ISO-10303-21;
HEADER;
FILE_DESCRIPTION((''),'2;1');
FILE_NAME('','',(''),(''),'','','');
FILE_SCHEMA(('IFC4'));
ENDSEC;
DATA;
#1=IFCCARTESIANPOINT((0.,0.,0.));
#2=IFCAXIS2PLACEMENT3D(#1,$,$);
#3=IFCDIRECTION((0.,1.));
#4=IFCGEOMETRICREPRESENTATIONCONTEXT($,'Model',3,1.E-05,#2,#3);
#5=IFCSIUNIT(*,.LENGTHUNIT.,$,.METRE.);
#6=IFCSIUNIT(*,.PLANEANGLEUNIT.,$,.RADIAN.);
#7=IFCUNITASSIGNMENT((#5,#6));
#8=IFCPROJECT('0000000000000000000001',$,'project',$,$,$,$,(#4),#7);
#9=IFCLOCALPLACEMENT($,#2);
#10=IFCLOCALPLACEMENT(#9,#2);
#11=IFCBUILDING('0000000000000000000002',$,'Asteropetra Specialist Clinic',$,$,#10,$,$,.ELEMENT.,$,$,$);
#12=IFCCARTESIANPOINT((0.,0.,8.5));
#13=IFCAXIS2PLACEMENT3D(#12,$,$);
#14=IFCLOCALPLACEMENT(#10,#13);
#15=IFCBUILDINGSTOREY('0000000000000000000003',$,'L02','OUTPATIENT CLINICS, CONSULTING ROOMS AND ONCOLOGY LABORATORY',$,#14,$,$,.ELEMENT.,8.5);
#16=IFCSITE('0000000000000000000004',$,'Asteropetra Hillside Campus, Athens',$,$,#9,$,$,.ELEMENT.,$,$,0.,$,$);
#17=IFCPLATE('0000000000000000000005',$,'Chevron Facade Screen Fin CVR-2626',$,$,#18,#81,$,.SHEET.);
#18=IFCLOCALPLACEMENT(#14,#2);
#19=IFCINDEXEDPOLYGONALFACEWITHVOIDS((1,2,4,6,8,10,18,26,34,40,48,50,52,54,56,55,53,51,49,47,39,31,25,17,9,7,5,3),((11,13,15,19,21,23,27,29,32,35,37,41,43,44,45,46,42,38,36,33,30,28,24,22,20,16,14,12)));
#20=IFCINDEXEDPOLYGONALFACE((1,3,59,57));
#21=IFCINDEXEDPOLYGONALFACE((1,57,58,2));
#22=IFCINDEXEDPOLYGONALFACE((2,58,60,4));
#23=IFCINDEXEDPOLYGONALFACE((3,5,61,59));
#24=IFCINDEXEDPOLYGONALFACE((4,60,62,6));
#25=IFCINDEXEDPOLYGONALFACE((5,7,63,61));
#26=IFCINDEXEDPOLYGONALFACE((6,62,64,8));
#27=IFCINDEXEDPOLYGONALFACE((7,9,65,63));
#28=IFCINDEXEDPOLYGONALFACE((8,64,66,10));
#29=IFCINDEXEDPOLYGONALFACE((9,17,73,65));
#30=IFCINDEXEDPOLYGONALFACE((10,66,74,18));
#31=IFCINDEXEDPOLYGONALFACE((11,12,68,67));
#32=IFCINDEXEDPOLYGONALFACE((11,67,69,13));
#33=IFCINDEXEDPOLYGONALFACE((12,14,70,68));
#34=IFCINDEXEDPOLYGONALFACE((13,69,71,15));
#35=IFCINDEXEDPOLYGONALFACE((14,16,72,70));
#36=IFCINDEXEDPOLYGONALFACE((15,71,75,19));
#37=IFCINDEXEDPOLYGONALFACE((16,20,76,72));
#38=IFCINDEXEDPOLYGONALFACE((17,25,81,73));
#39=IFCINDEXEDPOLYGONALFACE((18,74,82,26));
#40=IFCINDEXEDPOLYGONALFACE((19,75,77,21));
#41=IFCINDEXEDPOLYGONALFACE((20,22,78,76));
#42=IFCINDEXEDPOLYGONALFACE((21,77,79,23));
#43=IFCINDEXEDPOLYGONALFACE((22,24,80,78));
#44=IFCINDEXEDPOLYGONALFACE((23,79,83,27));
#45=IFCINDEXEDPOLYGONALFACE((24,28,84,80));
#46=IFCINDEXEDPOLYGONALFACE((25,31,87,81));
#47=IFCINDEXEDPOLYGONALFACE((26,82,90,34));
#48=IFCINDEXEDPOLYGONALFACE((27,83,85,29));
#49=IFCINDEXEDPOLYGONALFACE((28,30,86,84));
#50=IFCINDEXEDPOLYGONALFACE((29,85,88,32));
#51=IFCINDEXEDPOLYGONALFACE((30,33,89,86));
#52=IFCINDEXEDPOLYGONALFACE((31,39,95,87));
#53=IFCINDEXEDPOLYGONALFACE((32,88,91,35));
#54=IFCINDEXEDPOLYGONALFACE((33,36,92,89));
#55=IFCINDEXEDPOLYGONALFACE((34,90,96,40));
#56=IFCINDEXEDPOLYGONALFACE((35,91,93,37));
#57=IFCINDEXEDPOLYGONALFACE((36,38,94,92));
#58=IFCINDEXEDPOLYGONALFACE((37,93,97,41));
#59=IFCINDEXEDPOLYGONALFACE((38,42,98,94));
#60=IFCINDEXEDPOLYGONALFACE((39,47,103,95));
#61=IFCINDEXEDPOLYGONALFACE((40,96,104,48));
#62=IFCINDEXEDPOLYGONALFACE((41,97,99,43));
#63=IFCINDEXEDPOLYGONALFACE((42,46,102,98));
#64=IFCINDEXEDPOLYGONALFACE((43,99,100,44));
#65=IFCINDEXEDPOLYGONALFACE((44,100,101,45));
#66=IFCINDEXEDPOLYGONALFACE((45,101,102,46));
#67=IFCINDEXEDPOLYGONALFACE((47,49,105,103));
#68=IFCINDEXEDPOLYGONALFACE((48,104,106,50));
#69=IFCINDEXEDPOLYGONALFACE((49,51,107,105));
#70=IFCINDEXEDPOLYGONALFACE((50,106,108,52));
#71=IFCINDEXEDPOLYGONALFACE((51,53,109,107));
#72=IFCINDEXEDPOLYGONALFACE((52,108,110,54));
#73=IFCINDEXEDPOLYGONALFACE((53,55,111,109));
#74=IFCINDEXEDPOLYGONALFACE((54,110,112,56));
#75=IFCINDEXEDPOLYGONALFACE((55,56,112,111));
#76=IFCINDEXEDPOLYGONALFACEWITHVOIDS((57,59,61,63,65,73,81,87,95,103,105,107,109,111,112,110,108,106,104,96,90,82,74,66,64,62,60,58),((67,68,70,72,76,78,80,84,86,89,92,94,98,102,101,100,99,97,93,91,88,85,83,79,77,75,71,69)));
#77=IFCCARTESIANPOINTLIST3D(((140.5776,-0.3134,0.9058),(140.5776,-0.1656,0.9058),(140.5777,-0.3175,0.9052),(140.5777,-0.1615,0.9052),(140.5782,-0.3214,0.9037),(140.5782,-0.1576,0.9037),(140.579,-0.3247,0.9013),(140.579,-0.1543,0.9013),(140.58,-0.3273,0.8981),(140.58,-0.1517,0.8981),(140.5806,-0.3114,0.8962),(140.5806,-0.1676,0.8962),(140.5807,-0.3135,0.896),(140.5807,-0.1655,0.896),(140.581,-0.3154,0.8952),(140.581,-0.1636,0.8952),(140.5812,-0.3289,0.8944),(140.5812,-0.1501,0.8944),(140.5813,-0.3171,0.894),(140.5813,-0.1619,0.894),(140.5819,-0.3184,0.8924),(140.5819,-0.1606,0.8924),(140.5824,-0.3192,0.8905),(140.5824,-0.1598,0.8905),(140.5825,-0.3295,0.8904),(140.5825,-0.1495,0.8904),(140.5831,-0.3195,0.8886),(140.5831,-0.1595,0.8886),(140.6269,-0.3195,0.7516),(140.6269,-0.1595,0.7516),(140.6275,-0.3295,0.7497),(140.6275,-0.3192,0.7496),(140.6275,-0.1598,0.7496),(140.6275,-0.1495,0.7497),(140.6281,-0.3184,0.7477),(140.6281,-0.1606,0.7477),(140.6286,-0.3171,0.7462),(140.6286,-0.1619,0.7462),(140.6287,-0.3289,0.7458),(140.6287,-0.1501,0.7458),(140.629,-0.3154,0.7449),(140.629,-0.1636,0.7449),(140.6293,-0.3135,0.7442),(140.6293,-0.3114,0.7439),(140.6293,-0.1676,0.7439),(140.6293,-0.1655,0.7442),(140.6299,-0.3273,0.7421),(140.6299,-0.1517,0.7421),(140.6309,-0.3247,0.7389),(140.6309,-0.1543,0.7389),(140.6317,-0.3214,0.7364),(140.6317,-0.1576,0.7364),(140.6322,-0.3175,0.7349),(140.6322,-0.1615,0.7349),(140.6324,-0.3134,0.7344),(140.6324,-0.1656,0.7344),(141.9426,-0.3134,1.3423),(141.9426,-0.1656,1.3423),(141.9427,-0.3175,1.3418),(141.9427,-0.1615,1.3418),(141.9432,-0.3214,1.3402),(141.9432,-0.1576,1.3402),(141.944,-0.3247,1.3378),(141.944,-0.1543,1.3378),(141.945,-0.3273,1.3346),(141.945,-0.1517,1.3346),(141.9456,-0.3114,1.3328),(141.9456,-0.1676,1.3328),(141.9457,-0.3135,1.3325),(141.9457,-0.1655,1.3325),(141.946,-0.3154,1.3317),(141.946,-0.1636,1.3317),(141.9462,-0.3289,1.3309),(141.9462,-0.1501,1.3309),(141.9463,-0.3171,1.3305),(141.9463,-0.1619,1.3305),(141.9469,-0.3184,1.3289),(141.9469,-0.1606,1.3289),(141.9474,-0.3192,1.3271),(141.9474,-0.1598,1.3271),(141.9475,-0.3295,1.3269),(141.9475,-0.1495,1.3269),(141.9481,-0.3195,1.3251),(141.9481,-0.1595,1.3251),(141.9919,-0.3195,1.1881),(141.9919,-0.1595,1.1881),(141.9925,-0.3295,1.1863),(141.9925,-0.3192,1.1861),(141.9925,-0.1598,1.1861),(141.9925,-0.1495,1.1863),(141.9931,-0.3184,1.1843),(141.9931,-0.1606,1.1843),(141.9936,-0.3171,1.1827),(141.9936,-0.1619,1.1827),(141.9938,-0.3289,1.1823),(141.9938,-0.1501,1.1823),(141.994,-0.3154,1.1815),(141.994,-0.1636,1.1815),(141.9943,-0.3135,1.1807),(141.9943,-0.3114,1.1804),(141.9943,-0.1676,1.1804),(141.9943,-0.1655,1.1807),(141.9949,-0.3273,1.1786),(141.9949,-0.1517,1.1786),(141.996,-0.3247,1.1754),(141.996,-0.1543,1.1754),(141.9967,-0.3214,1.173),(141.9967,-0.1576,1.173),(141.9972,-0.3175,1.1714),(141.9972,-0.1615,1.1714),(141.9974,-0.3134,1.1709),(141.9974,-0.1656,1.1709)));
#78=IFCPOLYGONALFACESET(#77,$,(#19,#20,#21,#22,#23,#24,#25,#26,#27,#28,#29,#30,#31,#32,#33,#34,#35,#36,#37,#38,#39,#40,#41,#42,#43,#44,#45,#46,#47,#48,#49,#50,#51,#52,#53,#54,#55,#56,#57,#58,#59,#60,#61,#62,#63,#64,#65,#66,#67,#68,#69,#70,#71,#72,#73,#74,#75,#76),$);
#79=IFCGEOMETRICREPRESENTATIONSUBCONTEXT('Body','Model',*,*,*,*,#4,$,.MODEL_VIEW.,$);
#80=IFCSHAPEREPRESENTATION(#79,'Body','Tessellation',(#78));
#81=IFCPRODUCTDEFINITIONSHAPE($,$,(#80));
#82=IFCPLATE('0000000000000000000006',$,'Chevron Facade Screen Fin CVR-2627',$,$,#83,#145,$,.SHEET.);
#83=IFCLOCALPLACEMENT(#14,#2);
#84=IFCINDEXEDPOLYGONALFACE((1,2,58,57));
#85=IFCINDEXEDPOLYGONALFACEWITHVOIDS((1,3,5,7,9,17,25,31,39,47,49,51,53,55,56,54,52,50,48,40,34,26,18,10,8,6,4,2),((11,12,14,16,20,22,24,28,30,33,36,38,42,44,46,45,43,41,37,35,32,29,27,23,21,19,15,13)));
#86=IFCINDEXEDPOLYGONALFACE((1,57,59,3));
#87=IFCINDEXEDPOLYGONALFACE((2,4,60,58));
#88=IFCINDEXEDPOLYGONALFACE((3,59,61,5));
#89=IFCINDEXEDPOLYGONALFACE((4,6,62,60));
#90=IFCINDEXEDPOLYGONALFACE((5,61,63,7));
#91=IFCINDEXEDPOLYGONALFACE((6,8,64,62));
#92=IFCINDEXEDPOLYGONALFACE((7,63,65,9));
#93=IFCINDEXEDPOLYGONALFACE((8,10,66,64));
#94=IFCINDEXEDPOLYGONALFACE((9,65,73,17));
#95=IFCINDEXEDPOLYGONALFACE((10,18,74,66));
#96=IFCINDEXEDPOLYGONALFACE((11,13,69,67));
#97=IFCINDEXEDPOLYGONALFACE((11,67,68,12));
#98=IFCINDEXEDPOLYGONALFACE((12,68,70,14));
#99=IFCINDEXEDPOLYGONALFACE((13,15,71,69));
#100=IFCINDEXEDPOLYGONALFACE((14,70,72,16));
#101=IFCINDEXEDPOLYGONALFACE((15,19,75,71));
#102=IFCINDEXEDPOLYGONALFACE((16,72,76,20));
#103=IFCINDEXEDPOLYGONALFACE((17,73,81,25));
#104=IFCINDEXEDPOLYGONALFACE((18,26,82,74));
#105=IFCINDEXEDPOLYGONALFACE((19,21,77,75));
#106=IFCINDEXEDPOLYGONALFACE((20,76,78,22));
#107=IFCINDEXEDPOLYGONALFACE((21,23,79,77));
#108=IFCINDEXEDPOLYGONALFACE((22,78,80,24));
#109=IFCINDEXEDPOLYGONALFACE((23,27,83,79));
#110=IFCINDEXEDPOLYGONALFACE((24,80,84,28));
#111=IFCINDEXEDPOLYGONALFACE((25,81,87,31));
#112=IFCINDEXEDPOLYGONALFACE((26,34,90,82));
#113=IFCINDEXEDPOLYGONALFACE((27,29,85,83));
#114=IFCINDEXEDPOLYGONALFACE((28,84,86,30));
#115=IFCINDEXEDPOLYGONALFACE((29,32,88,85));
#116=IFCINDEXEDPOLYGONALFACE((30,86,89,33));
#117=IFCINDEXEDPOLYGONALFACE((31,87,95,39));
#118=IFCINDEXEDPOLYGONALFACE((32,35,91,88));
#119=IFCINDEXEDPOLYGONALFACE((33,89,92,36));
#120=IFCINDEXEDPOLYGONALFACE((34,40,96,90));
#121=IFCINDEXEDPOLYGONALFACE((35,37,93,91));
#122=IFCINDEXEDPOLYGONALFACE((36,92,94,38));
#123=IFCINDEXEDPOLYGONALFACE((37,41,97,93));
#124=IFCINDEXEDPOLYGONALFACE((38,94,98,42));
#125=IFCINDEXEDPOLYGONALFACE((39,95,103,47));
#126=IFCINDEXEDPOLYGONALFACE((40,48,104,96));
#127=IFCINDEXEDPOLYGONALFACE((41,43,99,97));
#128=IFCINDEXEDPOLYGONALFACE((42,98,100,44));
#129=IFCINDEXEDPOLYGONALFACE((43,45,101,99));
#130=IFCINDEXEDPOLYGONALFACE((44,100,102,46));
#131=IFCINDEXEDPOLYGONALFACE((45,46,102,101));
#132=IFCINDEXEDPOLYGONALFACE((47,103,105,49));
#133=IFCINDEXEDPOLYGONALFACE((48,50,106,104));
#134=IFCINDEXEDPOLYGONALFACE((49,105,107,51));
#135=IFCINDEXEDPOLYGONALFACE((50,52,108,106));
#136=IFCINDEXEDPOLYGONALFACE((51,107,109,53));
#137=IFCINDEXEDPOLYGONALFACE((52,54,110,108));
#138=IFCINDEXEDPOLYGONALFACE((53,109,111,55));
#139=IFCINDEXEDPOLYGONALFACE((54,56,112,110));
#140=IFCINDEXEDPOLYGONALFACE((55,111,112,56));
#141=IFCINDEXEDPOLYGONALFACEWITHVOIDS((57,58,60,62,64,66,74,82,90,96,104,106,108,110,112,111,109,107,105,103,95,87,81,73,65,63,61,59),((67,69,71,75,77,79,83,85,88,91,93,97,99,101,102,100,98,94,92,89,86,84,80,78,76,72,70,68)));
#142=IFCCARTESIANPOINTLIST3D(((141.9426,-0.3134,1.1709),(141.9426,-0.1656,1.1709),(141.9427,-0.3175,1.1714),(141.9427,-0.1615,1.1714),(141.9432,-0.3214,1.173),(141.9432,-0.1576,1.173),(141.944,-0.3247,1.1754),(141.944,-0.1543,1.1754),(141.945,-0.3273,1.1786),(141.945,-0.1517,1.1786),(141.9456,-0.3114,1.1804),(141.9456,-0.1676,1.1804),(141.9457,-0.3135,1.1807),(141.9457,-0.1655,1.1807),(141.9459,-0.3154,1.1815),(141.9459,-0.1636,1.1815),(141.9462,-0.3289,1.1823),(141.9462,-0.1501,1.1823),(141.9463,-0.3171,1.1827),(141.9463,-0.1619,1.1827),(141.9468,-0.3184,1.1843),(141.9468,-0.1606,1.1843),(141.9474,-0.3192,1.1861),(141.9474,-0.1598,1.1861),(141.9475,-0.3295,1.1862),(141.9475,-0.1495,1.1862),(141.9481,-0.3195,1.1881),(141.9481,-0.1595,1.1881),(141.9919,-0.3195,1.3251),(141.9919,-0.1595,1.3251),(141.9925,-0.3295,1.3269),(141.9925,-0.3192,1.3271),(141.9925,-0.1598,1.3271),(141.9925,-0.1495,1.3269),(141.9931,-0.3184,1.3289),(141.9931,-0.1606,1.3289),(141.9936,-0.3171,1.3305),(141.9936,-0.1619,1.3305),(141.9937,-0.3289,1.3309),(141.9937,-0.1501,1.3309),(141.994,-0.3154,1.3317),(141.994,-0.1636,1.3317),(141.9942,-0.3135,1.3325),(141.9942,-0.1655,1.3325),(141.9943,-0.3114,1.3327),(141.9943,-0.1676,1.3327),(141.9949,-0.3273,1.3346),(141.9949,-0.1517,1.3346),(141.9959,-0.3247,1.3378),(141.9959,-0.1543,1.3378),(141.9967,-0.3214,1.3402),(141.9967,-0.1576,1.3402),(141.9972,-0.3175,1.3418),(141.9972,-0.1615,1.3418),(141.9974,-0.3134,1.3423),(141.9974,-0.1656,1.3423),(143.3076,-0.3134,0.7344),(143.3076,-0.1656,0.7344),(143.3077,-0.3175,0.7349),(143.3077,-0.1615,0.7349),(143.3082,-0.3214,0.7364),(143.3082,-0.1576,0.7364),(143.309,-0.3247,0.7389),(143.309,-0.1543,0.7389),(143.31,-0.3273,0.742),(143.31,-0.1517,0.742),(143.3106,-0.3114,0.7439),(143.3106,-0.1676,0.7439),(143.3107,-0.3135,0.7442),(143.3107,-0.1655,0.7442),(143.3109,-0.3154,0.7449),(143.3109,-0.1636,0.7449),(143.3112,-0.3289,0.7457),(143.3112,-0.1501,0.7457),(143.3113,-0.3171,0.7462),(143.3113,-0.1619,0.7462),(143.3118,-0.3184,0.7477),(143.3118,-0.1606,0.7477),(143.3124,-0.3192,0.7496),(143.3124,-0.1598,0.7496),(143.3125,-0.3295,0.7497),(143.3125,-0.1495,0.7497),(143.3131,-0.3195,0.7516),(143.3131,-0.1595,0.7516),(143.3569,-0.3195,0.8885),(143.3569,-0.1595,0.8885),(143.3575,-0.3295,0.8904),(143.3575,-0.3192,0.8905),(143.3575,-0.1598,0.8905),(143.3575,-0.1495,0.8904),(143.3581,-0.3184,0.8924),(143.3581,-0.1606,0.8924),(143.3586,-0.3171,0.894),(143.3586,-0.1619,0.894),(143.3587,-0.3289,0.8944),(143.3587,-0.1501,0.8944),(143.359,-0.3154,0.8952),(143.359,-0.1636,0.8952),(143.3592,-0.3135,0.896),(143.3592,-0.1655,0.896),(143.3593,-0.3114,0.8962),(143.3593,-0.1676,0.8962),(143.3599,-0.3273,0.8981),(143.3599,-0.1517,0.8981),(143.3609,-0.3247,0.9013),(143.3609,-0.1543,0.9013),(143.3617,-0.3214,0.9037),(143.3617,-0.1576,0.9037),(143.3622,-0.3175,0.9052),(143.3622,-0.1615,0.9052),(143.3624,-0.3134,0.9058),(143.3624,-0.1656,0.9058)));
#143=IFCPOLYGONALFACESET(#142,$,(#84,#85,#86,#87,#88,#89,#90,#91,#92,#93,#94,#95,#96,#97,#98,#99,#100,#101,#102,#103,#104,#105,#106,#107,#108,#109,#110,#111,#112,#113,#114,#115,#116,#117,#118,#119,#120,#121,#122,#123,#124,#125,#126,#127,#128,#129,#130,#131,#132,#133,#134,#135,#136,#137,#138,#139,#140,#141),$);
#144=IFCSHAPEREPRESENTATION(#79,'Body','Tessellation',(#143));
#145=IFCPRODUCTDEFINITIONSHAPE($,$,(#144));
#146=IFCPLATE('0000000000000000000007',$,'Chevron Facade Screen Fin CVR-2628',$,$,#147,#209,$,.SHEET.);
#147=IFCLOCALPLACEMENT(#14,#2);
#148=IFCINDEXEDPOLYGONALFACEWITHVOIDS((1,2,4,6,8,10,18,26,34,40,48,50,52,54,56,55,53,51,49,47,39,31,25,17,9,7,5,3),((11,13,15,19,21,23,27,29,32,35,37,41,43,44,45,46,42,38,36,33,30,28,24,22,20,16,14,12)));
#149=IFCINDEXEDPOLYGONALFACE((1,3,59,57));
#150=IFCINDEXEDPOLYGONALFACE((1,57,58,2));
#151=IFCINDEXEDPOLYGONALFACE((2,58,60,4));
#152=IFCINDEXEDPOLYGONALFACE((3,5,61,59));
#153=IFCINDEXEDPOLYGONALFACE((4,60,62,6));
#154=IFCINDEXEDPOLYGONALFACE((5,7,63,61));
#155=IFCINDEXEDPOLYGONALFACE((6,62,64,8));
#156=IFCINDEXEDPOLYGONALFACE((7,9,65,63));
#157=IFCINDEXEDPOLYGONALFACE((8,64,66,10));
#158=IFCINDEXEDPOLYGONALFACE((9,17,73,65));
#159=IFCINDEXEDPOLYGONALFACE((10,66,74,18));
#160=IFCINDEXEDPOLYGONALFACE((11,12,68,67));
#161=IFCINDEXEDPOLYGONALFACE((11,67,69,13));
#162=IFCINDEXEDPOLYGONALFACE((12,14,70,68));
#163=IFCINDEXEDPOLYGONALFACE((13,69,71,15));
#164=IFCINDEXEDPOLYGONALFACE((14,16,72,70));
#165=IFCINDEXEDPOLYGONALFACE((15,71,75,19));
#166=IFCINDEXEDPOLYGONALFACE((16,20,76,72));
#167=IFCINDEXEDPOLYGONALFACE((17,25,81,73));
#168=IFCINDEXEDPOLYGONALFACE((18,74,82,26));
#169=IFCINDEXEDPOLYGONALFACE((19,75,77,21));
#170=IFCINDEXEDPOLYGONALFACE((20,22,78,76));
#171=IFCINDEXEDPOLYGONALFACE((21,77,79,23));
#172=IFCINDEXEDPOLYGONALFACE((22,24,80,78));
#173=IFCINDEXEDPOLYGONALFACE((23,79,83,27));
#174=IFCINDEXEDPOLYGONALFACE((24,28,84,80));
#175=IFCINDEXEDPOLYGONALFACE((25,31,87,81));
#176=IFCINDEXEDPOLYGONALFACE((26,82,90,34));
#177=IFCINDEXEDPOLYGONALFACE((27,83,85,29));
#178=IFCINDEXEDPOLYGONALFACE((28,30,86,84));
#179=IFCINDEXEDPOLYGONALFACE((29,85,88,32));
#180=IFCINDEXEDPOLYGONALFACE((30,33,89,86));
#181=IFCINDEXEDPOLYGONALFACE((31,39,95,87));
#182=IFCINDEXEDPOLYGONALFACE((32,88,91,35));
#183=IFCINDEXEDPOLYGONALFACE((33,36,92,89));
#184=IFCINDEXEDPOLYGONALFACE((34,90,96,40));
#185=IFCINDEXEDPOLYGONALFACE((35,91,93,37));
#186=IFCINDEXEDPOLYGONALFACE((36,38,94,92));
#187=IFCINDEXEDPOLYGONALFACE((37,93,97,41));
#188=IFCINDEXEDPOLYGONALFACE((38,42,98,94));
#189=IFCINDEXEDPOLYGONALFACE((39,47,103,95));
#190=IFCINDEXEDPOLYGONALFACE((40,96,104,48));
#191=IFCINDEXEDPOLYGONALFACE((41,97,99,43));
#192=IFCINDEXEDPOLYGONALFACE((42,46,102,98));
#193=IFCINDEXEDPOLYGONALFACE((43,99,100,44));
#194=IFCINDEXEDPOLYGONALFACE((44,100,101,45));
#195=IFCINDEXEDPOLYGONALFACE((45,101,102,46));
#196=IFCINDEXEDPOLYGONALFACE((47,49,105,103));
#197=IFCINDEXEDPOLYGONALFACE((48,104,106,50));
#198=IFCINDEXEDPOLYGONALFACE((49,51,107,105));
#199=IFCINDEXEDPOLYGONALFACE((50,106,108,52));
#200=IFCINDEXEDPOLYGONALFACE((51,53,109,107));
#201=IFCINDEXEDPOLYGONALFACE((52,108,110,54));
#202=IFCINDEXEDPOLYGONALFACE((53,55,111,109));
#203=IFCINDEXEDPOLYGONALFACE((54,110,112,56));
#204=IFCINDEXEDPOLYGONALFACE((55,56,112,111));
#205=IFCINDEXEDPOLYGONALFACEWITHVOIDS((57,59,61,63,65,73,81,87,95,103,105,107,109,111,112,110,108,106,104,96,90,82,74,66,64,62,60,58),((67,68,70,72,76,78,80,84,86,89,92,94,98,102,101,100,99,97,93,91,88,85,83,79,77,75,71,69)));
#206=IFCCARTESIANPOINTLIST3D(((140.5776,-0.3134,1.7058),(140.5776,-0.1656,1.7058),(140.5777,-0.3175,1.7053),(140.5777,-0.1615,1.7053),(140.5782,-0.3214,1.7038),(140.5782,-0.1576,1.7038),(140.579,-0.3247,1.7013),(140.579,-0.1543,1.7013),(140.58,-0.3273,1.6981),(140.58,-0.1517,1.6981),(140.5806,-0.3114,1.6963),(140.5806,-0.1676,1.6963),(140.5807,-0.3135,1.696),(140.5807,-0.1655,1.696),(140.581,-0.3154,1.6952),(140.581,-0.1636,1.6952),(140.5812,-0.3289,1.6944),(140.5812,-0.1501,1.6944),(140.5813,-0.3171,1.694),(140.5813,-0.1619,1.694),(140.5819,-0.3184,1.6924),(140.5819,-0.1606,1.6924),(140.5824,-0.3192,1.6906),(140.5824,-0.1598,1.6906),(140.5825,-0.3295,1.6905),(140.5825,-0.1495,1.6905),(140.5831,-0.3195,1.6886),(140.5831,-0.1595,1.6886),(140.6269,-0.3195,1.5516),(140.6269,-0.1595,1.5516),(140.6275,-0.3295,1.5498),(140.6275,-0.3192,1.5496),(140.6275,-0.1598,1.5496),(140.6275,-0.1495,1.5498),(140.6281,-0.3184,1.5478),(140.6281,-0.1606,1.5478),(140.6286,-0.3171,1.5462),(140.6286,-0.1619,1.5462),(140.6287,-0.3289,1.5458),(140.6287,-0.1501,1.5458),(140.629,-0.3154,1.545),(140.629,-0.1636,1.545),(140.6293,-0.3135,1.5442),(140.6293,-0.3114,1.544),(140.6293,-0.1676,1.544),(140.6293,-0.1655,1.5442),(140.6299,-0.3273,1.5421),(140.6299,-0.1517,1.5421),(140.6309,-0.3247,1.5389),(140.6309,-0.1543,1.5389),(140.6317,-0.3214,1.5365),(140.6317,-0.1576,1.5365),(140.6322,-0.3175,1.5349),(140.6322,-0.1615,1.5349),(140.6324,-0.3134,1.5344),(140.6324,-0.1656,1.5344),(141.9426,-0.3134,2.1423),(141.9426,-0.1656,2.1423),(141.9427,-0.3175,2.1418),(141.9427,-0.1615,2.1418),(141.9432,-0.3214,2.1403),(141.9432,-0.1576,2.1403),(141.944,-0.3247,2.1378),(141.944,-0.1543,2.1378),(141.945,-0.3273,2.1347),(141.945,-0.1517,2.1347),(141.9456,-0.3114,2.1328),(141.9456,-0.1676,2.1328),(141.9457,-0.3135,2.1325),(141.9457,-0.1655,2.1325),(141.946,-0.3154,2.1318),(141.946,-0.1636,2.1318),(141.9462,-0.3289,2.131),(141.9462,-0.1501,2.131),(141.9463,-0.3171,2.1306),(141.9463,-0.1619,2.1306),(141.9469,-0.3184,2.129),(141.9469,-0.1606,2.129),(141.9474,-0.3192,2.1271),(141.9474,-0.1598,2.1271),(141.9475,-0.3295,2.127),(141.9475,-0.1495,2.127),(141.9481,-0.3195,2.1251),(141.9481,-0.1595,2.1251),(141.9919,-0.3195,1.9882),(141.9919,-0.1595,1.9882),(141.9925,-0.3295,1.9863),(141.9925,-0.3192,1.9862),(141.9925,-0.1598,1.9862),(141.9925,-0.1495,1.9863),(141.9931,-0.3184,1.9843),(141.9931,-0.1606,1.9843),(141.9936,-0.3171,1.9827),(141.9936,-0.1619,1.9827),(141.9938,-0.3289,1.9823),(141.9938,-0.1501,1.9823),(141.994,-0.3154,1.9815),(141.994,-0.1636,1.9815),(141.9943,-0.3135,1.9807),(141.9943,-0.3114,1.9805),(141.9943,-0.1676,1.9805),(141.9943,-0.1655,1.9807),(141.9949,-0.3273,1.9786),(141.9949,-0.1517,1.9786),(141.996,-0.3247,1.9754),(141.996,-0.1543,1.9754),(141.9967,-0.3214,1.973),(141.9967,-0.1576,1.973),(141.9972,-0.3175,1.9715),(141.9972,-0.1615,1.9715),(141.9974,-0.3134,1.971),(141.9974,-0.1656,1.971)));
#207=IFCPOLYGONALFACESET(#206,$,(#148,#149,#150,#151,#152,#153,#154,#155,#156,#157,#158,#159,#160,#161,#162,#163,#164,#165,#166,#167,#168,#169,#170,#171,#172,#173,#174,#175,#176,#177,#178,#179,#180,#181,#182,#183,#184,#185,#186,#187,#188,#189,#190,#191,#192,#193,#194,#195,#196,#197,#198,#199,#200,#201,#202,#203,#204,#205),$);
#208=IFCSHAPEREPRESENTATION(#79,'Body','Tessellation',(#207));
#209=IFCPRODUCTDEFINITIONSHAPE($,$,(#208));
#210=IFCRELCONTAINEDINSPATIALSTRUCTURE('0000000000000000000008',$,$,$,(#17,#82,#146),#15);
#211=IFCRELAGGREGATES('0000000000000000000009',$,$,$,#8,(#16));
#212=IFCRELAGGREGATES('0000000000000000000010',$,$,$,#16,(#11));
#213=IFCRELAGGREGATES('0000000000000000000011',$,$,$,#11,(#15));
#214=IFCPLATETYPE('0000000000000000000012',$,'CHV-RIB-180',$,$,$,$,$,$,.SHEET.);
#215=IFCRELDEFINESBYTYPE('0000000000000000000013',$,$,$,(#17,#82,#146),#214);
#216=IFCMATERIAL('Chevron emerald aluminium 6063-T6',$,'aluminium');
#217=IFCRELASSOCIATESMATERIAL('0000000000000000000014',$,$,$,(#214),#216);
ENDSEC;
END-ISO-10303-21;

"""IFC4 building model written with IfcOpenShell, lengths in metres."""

from ifc_helpers import new_model, si_unit, direction, frame, origin, origin_2d, place, context, subcontext, project, spatial, hollow_rectangle, extrude, material, material_profile, profile_set, type_object, element, save


model = new_model("IFC4")

# Units and contexts
model_context = context("Model", 3, precision=1e-05, world=origin(), true_north=direction((0.0, 1.0)))
body_context = subcontext(model_context, "Body", "Model", "MODEL_VIEW")
ifc_project = project(units=[si_unit("LENGTHUNIT", "METRE"), si_unit("PLANEANGLEUNIT", "RADIAN")], contexts=[model_context])

# Site, building, storey
site_placement = place(None, origin())
site = spatial("IfcSite", under=ifc_project, at=site_placement, Name="Asteropetra Hillside Campus, Athens", CompositionType="ELEMENT", RefElevation=0.0)
building_placement = place(site_placement, origin())
building = spatial("IfcBuilding", under=site, at=building_placement, Name="Asteropetra Specialist Clinic", CompositionType="ELEMENT")
storey_placement = place(building_placement, frame((0.0, 0.0, 8.5)))
storey = spatial("IfcBuildingStorey", under=building, at=storey_placement, Name="L02", Description="OUTPATIENT CLINICS, CONSULTING ROOMS AND ONCOLOGY LABORATORY", CompositionType="ELEMENT", Elevation=8.5)

# Plates
ifc_material_1 = material(Name="Chevron emerald aluminium 6063-T6", Category="aluminium")
ifc_material_profile = material_profile(ifc_material_1, hollow_rectangle(XDim=0.1799, YDim=0.1799, WallThickness=0.01, InnerFilletRadius=0.0081, OuterFilletRadius=0.0161, at=origin_2d()), Name="SHS 180x180x10.0")
ifc_profile_set = profile_set([ifc_material_profile], Name="Chevron emerald aluminium 6063-T6")
plate_type = type_object("IfcPlateType", Name="CHV-RIB-180", PredefinedType="SHEET", material=ifc_profile_set)
for number, where, z_axis, x_axis, name in (
    (1, (140.605, -0.2395, 0.8201), (0.95248, 0.0, 0.304603), (0.0, 1.0, 0.0), "Chevron Facade Screen Fin CVR-2626"),
    (2, (141.97, -0.2395, 1.2566), (0.95248, 0.0, -0.304603), (0.0, 1.0, 0.0), "Chevron Facade Screen Fin CVR-2627"),
    (3, (140.605, -0.2395, 1.6201), (0.95248, 0.0, 0.304603), (0.0, 1.0, 0.0), "Chevron Facade Screen Fin CVR-2628"),
):
    element("IfcPlate", number, at=place(storey_placement, frame(where, z_axis=z_axis, x_axis=x_axis)), inside=storey, type_object=plate_type, Name=name, PredefinedType="SHEET", context=body_context, shape_type="SweptSolid", body=[
        extrude(hollow_rectangle(XDim=0.1799, YDim=0.1799, WallThickness=0.01, InnerFilletRadius=0.0081, OuterFilletRadius=0.0161, at=origin_2d()), origin(), (0.0, 0.0, 1.0), 1.4331),
    ])

save(model, "model.ifc")
